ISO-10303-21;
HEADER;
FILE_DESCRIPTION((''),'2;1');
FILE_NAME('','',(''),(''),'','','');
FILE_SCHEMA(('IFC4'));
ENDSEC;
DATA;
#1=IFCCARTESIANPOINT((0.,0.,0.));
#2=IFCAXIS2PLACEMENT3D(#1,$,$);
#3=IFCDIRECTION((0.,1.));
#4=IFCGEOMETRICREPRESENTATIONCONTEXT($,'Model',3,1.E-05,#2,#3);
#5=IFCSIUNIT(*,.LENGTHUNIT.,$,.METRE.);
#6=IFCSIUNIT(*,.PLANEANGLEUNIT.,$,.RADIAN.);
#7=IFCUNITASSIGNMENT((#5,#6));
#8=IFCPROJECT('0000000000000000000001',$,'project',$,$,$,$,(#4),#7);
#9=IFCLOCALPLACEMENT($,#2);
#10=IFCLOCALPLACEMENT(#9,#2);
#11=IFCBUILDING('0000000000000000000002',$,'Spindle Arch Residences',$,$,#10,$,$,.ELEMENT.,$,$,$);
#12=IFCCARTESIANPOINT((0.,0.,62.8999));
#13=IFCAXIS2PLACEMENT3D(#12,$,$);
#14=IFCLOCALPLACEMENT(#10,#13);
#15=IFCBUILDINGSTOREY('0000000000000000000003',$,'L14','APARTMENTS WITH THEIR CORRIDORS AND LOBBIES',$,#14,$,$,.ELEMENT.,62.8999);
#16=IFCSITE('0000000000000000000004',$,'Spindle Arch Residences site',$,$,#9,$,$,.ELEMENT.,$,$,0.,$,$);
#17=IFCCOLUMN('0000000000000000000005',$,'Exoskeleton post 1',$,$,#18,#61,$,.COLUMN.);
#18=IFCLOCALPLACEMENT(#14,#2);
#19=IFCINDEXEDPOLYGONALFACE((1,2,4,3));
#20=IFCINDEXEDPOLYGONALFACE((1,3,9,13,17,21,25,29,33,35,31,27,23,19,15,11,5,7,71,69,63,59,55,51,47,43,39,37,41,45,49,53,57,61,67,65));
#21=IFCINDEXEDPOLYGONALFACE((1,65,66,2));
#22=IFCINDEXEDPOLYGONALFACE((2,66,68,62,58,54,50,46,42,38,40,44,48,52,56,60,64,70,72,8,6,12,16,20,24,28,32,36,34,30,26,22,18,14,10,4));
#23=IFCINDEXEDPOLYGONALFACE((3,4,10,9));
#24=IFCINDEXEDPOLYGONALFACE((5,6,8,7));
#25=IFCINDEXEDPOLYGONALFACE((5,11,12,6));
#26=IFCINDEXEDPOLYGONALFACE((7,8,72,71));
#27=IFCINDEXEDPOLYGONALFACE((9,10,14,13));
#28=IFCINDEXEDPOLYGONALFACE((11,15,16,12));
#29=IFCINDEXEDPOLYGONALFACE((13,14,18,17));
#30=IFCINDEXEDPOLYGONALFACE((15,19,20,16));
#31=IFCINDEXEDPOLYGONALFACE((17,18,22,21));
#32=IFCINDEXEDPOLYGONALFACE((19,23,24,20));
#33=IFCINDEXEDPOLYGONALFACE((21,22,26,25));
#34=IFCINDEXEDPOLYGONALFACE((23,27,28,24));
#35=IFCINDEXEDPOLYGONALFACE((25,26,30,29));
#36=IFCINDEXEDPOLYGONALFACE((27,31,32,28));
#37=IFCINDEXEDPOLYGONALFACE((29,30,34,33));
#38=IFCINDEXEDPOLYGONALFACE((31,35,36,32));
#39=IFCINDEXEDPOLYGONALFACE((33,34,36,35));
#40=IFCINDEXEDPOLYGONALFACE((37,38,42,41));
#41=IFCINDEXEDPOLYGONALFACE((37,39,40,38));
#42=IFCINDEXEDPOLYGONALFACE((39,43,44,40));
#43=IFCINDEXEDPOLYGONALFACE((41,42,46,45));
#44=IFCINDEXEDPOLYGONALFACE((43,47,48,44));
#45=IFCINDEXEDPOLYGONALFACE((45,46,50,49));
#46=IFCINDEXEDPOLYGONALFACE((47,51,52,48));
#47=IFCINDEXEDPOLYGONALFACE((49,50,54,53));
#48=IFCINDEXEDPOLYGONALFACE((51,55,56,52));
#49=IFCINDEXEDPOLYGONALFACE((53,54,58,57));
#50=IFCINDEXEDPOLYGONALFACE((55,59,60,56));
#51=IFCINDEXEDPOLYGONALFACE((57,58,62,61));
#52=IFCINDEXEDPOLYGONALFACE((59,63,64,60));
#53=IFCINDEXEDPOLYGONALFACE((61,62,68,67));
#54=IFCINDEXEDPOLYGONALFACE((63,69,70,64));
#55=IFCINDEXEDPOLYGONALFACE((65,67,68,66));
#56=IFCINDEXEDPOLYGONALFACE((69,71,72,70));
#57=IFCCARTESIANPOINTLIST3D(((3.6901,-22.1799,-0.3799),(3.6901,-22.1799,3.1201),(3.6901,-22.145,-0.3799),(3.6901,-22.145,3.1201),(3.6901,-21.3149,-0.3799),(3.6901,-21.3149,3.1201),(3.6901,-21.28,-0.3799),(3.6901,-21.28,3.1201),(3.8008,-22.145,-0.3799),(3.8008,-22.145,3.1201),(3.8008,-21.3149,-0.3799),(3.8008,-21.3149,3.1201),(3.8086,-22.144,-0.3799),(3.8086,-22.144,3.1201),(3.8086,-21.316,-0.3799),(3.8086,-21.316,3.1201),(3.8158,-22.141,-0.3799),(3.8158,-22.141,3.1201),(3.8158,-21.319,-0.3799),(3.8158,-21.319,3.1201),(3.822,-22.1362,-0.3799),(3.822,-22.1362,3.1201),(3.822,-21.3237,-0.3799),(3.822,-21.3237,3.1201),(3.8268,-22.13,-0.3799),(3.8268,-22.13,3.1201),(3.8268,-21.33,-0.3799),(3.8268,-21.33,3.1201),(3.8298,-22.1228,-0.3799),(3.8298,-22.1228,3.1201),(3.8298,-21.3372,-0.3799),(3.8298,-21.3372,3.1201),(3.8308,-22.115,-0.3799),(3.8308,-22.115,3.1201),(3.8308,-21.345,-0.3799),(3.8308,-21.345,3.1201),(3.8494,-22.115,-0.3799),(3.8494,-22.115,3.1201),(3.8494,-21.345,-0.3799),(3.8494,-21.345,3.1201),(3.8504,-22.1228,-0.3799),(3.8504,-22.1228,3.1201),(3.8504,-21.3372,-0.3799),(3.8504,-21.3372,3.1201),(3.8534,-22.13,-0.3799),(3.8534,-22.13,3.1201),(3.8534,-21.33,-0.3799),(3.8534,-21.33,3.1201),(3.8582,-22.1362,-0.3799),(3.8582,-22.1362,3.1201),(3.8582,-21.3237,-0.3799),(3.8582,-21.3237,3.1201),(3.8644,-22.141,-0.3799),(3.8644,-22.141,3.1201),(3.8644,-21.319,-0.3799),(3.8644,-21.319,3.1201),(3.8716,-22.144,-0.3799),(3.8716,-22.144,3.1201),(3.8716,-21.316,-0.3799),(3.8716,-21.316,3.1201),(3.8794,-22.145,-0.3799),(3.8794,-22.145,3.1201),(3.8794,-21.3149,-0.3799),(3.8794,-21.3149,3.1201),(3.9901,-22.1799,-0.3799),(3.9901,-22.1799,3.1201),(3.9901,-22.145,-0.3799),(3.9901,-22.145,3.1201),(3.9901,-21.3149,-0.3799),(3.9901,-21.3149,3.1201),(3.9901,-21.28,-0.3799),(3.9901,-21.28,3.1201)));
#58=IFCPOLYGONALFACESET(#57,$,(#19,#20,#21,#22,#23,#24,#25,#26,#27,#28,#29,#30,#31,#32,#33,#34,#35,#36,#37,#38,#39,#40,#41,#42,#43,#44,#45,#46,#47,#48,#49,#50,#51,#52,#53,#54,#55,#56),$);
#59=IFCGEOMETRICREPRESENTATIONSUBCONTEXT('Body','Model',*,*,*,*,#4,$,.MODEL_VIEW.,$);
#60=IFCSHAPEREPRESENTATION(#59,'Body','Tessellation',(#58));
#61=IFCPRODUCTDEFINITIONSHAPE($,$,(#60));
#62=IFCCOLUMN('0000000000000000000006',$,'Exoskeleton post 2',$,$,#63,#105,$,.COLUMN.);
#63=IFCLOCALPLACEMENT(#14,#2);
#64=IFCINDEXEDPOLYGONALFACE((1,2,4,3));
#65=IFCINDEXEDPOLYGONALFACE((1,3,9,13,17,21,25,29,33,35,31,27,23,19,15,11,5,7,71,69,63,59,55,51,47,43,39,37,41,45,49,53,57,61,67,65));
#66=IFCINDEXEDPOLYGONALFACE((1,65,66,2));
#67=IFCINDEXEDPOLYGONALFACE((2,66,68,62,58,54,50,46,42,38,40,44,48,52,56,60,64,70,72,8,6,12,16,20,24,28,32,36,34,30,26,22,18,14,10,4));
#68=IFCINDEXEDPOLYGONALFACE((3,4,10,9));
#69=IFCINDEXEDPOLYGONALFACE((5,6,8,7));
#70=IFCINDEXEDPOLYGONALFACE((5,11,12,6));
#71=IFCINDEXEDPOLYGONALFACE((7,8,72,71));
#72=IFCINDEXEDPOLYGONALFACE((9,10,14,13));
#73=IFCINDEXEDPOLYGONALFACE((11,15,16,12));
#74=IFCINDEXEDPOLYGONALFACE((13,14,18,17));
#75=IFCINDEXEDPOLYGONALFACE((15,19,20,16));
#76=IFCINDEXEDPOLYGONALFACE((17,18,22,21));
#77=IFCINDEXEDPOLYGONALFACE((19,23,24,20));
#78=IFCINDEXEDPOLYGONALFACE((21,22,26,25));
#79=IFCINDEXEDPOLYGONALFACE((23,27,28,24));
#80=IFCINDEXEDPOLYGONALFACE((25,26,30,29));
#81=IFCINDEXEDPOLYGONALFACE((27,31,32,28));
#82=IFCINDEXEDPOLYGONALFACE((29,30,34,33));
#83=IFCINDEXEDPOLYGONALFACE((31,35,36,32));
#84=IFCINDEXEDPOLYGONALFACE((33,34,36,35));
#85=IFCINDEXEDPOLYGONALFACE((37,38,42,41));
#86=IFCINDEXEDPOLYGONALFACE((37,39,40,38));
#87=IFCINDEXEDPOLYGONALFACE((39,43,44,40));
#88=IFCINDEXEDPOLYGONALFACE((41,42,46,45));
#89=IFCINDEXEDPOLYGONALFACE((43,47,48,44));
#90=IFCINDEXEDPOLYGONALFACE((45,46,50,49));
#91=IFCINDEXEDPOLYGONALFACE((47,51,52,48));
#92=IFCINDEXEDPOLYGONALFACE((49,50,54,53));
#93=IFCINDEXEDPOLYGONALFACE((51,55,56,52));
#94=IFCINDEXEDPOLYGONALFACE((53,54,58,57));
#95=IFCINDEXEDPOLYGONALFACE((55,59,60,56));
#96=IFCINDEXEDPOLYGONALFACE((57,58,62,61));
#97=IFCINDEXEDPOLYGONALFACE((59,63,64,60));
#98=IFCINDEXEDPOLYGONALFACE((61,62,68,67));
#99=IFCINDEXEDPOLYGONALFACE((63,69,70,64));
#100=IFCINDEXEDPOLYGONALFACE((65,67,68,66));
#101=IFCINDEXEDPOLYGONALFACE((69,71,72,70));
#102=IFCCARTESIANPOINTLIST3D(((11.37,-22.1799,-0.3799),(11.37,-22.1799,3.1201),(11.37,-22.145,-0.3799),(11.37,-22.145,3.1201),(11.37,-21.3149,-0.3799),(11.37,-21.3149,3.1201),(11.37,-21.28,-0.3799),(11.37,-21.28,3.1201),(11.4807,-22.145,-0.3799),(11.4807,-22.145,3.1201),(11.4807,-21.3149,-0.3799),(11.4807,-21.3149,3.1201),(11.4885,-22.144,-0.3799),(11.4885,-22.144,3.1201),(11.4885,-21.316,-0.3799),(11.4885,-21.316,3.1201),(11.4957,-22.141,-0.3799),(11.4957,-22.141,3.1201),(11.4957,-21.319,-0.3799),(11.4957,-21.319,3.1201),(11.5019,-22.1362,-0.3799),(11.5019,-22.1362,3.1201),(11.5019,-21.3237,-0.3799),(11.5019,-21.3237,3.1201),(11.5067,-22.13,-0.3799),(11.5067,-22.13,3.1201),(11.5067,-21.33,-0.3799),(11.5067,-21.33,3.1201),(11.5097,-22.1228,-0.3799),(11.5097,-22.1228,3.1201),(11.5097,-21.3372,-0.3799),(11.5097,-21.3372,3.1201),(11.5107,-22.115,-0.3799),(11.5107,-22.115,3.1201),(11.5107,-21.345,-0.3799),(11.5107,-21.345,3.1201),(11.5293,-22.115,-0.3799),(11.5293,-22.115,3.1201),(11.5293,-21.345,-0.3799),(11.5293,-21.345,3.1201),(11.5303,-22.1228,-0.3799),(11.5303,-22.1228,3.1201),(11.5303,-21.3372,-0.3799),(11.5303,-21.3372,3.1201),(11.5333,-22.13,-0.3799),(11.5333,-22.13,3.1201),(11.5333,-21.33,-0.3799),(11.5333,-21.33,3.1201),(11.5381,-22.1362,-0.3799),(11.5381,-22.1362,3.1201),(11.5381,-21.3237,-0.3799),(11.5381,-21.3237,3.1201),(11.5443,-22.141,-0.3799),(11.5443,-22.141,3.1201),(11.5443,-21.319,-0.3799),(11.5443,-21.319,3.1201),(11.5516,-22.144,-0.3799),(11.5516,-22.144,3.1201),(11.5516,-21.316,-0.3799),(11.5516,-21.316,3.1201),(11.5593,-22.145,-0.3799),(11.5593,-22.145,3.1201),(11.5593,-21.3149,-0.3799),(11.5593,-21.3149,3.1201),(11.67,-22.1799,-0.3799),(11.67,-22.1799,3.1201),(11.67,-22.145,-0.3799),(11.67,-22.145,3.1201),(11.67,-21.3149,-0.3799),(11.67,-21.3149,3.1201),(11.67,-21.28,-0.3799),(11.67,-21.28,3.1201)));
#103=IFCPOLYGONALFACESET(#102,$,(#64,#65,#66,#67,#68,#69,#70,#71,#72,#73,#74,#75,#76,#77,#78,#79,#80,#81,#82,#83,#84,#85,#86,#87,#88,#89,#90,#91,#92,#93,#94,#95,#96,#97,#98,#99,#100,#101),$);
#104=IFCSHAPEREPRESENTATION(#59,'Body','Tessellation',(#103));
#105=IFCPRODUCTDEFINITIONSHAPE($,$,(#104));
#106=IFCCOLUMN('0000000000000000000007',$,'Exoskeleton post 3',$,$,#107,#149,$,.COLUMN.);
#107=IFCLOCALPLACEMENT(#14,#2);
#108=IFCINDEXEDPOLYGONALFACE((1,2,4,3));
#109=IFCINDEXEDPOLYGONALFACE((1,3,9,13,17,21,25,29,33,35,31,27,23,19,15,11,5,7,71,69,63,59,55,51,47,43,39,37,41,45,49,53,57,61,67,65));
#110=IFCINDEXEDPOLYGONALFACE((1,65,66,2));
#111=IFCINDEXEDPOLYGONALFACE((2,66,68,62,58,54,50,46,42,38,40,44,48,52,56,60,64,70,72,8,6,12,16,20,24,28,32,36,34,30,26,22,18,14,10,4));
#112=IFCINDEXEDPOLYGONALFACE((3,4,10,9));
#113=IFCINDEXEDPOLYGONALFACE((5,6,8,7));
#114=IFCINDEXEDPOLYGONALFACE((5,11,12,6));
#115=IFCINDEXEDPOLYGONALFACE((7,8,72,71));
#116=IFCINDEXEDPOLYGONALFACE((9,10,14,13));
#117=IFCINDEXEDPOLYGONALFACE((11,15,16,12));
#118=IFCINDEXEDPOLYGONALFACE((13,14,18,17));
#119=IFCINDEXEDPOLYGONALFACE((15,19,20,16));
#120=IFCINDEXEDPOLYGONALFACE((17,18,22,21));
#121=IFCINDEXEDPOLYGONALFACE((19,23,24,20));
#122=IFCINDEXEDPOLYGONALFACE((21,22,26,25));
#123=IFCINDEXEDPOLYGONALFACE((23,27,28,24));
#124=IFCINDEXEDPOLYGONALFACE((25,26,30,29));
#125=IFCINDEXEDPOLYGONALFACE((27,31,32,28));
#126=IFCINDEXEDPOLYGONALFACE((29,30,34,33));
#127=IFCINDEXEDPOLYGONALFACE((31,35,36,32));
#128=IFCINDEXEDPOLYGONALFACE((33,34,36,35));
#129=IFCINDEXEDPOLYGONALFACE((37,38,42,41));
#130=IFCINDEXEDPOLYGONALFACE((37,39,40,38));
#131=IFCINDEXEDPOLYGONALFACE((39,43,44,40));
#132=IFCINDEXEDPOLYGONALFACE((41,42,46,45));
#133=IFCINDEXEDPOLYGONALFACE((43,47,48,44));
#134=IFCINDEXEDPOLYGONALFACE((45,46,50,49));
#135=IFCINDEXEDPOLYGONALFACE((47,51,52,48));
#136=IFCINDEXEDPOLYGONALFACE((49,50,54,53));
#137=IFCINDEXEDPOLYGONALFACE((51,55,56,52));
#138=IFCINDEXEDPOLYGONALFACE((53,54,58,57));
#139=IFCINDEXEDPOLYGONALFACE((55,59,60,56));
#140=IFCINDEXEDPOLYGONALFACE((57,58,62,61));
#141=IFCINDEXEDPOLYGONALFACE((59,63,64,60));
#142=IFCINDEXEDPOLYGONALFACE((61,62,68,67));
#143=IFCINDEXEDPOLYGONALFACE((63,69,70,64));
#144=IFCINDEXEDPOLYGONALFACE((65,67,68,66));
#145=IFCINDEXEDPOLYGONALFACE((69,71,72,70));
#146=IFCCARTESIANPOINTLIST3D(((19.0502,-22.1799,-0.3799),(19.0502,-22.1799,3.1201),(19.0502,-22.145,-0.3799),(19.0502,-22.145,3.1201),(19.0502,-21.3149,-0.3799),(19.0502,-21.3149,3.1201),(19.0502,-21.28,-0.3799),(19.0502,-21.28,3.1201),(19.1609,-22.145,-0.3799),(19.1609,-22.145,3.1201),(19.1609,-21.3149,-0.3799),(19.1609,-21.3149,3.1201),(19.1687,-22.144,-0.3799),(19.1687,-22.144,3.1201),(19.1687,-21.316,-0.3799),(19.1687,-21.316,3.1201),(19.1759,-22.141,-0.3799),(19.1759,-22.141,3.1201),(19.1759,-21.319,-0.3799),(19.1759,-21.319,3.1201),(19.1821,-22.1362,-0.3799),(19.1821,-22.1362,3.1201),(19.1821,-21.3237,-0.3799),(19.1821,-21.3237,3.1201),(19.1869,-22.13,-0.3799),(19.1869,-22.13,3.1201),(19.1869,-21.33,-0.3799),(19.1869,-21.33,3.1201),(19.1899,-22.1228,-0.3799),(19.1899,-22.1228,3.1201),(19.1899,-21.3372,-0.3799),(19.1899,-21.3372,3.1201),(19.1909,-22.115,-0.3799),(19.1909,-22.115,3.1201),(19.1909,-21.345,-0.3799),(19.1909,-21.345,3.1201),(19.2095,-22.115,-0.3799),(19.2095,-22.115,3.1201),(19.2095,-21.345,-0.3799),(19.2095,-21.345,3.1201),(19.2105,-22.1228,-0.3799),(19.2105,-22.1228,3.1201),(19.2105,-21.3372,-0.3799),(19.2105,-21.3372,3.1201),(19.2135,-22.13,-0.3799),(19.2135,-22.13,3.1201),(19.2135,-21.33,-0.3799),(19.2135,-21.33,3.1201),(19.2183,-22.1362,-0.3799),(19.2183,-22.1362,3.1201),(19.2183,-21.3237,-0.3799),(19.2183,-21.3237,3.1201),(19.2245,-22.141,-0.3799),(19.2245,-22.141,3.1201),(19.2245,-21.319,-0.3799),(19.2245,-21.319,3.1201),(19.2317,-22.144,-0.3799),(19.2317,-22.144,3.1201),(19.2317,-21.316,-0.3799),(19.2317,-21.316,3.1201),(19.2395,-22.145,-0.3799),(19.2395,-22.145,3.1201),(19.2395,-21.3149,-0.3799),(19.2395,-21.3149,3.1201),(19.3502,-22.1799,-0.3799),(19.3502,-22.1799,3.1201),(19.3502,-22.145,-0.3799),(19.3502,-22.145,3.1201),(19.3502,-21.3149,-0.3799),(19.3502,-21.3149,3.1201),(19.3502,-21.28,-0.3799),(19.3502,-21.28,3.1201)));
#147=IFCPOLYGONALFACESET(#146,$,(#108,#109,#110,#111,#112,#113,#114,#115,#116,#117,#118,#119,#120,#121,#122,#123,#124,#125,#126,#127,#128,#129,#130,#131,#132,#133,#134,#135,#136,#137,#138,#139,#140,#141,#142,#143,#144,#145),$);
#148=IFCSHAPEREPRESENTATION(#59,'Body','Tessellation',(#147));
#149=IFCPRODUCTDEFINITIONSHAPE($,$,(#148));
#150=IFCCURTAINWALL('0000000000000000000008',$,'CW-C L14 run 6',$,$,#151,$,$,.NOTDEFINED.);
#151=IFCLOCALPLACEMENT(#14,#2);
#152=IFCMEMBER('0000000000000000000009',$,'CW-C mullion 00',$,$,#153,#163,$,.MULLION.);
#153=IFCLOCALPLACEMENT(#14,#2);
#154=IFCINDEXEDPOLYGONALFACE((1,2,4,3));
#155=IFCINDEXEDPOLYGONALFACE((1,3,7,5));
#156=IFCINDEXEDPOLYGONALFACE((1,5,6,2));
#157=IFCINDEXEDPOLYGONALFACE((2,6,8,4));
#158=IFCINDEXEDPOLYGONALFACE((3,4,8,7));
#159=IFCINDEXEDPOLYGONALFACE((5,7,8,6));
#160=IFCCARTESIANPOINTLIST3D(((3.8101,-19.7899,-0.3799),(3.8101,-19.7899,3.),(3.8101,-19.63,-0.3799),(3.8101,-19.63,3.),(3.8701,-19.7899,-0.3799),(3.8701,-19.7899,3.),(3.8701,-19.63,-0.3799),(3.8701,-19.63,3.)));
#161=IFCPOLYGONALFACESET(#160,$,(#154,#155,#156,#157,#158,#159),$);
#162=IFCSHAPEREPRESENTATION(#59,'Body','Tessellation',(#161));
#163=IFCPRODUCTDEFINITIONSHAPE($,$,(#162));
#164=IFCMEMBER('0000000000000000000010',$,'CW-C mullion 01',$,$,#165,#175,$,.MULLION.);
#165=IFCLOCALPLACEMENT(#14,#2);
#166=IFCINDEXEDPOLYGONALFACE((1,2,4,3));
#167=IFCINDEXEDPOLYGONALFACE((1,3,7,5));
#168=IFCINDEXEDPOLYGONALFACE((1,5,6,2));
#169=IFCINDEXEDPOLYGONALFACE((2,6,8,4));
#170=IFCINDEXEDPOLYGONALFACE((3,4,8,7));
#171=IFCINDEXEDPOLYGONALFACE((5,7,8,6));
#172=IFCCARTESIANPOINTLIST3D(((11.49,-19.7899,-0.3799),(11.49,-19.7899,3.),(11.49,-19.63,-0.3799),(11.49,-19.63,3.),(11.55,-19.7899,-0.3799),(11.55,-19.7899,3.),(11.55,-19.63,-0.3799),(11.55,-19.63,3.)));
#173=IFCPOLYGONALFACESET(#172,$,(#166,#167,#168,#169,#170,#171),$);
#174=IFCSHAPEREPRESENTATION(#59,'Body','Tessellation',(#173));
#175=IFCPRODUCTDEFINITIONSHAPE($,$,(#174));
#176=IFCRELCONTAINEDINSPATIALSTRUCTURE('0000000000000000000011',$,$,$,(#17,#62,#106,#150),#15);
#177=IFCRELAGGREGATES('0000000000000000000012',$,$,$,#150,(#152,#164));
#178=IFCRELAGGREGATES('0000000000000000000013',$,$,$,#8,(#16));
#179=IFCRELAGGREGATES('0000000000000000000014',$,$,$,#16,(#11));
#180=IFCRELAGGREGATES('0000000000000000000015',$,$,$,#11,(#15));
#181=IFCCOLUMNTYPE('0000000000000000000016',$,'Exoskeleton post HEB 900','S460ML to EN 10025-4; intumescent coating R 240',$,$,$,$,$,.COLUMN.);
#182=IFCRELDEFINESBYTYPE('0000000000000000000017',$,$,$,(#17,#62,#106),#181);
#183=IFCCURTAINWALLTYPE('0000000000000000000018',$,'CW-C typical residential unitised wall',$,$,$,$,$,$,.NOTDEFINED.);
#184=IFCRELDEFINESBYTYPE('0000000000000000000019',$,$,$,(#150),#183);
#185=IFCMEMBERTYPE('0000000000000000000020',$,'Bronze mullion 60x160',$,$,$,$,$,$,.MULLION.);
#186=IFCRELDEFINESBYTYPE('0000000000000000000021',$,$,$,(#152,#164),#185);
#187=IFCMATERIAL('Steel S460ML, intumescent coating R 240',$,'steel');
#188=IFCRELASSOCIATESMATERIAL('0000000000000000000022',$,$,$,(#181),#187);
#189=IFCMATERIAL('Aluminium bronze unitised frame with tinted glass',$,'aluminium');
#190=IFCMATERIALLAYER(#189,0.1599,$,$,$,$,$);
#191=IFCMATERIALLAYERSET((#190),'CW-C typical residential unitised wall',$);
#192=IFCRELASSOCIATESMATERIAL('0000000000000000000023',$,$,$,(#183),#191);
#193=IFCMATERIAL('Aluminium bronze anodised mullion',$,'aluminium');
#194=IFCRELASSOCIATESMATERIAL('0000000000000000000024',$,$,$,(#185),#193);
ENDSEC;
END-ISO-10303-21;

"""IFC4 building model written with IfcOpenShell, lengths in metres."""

from ifc_helpers import new_model, si_unit, direction, frame, origin, origin_2d, place, context, subcontext, project, spatial, rectangle, i_section, extrude, material, layer, layer_set, material_profile, profile_set, type_object, element, aggregate, save


model = new_model("IFC4")

# Units and contexts
model_context = context("Model", 3, precision=1e-05, world=origin(), true_north=direction((0.0, 1.0)))
body_context = subcontext(model_context, "Body", "Model", "MODEL_VIEW")
ifc_project = project(units=[si_unit("LENGTHUNIT", "METRE"), si_unit("PLANEANGLEUNIT", "RADIAN")], contexts=[model_context])

# Site, building, storey
site_placement = place(None, origin())
site = spatial("IfcSite", under=ifc_project, at=site_placement, Name="Spindle Arch Residences site", CompositionType="ELEMENT", RefElevation=0.0)
building_placement = place(site_placement, origin())
building = spatial("IfcBuilding", under=site, at=building_placement, Name="Spindle Arch Residences", CompositionType="ELEMENT")
storey_placement = place(building_placement, frame((0.0, 0.0, 62.8999)))
storey = spatial("IfcBuildingStorey", under=building, at=storey_placement, Name="L14", Description="APARTMENTS WITH THEIR CORRIDORS AND LOBBIES", CompositionType="ELEMENT", Elevation=62.8999)

# Columns
ifc_material_1 = material(Name="Steel S460ML, intumescent coating R 240", Category="steel")
ifc_material_profile_1 = material_profile(ifc_material_1, i_section(OverallWidth=0.3, OverallDepth=0.8999, WebThickness=0.0186, FlangeThickness=0.0349, FilletRadius=0.03, at=origin_2d()), Name="HEB 900")
ifc_profile_set_1 = profile_set([ifc_material_profile_1], Name="Steel S460ML, intumescent coating R 240")
column_type = type_object("IfcColumnType", Name="Exoskeleton post HEB 900", Description="S460ML to EN 10025-4; intumescent coating R 240", PredefinedType="COLUMN", material=ifc_profile_set_1)
for number, where, z_axis, x_axis, name in (
    (1, (3.8401, -21.73, -0.3799), (0.0, 0.0, 1.0), (-1.0, 0.0, 0.0), "Exoskeleton post 1"),
    (2, (11.52, -21.73, -0.3799), (0.0, 0.0, 1.0), (-1.0, 0.0, 0.0), "Exoskeleton post 2"),
    (3, (19.2002, -21.73, -0.3799), (0.0, 0.0, 1.0), (-1.0, 0.0, 0.0), "Exoskeleton post 3"),
):
    element("IfcColumn", number, at=place(storey_placement, frame(where, z_axis=z_axis, x_axis=x_axis)), inside=storey, type_object=column_type, Name=name, PredefinedType="COLUMN", context=body_context, shape_type="SweptSolid", body=[
        extrude(i_section(OverallWidth=0.3, OverallDepth=0.8999, WebThickness=0.0186, FlangeThickness=0.0349, FilletRadius=0.03, at=origin_2d()), origin(), (0.0, 0.0, 1.0), 3.5),
    ])

# Curtain wall, members
ifc_material_2 = material(Name="Aluminium bronze unitised frame with tinted glass", Category="aluminium")
ifc_layer_1 = layer(ifc_material_2, 0.1599)
ifc_layer_set_1 = layer_set([ifc_layer_1], Name="CW-C typical residential unitised wall")
curtain_wall_type = type_object("IfcCurtainWallType", Name="CW-C typical residential unitised wall", PredefinedType="NOTDEFINED", material=ifc_layer_set_1)
curtain_wall_placement = place(storey_placement, origin())
curtain_wall = element("IfcCurtainWall", 4, at=curtain_wall_placement, inside=storey, type_object=curtain_wall_type, Name="CW-C L14 run 6", PredefinedType="NOTDEFINED")
ifc_material_3 = material(Name="Aluminium bronze anodised mullion", Category="aluminium")
ifc_material_profile_2 = material_profile(ifc_material_3, rectangle(XDim=0.1599, YDim=0.0601, at=origin_2d()), Name="MU 60x160")
ifc_profile_set_2 = profile_set([ifc_material_profile_2], Name="Aluminium bronze anodised mullion")
member_type = type_object("IfcMemberType", Name="Bronze mullion 60x160", PredefinedType="MULLION", material=ifc_profile_set_2)
member_1_placement = place(storey_placement, frame((3.8401, -19.71, -0.3799), z_axis=(0.0, 0.0, 1.0), x_axis=(0.0, 1.0, 0.0)))
member_1 = element("IfcMember", 5, at=member_1_placement, type_object=member_type, Name="CW-C mullion 00", PredefinedType="MULLION", context=body_context, shape_type="SweptSolid", body=[
    extrude(rectangle(XDim=0.1599, YDim=0.0601, at=origin_2d()), origin(), (0.0, 0.0, 1.0), 3.3799),
])
member_2_placement = place(storey_placement, frame((11.52, -19.71, -0.3799), z_axis=(0.0, 0.0, 1.0), x_axis=(0.0, 1.0, 0.0)))
member_2 = element("IfcMember", 6, at=member_2_placement, type_object=member_type, Name="CW-C mullion 01", PredefinedType="MULLION", context=body_context, shape_type="SweptSolid", body=[
    extrude(rectangle(XDim=0.1599, YDim=0.0601, at=origin_2d()), origin(), (0.0, 0.0, 1.0), 3.3799),
])

aggregate(curtain_wall, [member_1, member_2])

save(model, "model.ifc")
